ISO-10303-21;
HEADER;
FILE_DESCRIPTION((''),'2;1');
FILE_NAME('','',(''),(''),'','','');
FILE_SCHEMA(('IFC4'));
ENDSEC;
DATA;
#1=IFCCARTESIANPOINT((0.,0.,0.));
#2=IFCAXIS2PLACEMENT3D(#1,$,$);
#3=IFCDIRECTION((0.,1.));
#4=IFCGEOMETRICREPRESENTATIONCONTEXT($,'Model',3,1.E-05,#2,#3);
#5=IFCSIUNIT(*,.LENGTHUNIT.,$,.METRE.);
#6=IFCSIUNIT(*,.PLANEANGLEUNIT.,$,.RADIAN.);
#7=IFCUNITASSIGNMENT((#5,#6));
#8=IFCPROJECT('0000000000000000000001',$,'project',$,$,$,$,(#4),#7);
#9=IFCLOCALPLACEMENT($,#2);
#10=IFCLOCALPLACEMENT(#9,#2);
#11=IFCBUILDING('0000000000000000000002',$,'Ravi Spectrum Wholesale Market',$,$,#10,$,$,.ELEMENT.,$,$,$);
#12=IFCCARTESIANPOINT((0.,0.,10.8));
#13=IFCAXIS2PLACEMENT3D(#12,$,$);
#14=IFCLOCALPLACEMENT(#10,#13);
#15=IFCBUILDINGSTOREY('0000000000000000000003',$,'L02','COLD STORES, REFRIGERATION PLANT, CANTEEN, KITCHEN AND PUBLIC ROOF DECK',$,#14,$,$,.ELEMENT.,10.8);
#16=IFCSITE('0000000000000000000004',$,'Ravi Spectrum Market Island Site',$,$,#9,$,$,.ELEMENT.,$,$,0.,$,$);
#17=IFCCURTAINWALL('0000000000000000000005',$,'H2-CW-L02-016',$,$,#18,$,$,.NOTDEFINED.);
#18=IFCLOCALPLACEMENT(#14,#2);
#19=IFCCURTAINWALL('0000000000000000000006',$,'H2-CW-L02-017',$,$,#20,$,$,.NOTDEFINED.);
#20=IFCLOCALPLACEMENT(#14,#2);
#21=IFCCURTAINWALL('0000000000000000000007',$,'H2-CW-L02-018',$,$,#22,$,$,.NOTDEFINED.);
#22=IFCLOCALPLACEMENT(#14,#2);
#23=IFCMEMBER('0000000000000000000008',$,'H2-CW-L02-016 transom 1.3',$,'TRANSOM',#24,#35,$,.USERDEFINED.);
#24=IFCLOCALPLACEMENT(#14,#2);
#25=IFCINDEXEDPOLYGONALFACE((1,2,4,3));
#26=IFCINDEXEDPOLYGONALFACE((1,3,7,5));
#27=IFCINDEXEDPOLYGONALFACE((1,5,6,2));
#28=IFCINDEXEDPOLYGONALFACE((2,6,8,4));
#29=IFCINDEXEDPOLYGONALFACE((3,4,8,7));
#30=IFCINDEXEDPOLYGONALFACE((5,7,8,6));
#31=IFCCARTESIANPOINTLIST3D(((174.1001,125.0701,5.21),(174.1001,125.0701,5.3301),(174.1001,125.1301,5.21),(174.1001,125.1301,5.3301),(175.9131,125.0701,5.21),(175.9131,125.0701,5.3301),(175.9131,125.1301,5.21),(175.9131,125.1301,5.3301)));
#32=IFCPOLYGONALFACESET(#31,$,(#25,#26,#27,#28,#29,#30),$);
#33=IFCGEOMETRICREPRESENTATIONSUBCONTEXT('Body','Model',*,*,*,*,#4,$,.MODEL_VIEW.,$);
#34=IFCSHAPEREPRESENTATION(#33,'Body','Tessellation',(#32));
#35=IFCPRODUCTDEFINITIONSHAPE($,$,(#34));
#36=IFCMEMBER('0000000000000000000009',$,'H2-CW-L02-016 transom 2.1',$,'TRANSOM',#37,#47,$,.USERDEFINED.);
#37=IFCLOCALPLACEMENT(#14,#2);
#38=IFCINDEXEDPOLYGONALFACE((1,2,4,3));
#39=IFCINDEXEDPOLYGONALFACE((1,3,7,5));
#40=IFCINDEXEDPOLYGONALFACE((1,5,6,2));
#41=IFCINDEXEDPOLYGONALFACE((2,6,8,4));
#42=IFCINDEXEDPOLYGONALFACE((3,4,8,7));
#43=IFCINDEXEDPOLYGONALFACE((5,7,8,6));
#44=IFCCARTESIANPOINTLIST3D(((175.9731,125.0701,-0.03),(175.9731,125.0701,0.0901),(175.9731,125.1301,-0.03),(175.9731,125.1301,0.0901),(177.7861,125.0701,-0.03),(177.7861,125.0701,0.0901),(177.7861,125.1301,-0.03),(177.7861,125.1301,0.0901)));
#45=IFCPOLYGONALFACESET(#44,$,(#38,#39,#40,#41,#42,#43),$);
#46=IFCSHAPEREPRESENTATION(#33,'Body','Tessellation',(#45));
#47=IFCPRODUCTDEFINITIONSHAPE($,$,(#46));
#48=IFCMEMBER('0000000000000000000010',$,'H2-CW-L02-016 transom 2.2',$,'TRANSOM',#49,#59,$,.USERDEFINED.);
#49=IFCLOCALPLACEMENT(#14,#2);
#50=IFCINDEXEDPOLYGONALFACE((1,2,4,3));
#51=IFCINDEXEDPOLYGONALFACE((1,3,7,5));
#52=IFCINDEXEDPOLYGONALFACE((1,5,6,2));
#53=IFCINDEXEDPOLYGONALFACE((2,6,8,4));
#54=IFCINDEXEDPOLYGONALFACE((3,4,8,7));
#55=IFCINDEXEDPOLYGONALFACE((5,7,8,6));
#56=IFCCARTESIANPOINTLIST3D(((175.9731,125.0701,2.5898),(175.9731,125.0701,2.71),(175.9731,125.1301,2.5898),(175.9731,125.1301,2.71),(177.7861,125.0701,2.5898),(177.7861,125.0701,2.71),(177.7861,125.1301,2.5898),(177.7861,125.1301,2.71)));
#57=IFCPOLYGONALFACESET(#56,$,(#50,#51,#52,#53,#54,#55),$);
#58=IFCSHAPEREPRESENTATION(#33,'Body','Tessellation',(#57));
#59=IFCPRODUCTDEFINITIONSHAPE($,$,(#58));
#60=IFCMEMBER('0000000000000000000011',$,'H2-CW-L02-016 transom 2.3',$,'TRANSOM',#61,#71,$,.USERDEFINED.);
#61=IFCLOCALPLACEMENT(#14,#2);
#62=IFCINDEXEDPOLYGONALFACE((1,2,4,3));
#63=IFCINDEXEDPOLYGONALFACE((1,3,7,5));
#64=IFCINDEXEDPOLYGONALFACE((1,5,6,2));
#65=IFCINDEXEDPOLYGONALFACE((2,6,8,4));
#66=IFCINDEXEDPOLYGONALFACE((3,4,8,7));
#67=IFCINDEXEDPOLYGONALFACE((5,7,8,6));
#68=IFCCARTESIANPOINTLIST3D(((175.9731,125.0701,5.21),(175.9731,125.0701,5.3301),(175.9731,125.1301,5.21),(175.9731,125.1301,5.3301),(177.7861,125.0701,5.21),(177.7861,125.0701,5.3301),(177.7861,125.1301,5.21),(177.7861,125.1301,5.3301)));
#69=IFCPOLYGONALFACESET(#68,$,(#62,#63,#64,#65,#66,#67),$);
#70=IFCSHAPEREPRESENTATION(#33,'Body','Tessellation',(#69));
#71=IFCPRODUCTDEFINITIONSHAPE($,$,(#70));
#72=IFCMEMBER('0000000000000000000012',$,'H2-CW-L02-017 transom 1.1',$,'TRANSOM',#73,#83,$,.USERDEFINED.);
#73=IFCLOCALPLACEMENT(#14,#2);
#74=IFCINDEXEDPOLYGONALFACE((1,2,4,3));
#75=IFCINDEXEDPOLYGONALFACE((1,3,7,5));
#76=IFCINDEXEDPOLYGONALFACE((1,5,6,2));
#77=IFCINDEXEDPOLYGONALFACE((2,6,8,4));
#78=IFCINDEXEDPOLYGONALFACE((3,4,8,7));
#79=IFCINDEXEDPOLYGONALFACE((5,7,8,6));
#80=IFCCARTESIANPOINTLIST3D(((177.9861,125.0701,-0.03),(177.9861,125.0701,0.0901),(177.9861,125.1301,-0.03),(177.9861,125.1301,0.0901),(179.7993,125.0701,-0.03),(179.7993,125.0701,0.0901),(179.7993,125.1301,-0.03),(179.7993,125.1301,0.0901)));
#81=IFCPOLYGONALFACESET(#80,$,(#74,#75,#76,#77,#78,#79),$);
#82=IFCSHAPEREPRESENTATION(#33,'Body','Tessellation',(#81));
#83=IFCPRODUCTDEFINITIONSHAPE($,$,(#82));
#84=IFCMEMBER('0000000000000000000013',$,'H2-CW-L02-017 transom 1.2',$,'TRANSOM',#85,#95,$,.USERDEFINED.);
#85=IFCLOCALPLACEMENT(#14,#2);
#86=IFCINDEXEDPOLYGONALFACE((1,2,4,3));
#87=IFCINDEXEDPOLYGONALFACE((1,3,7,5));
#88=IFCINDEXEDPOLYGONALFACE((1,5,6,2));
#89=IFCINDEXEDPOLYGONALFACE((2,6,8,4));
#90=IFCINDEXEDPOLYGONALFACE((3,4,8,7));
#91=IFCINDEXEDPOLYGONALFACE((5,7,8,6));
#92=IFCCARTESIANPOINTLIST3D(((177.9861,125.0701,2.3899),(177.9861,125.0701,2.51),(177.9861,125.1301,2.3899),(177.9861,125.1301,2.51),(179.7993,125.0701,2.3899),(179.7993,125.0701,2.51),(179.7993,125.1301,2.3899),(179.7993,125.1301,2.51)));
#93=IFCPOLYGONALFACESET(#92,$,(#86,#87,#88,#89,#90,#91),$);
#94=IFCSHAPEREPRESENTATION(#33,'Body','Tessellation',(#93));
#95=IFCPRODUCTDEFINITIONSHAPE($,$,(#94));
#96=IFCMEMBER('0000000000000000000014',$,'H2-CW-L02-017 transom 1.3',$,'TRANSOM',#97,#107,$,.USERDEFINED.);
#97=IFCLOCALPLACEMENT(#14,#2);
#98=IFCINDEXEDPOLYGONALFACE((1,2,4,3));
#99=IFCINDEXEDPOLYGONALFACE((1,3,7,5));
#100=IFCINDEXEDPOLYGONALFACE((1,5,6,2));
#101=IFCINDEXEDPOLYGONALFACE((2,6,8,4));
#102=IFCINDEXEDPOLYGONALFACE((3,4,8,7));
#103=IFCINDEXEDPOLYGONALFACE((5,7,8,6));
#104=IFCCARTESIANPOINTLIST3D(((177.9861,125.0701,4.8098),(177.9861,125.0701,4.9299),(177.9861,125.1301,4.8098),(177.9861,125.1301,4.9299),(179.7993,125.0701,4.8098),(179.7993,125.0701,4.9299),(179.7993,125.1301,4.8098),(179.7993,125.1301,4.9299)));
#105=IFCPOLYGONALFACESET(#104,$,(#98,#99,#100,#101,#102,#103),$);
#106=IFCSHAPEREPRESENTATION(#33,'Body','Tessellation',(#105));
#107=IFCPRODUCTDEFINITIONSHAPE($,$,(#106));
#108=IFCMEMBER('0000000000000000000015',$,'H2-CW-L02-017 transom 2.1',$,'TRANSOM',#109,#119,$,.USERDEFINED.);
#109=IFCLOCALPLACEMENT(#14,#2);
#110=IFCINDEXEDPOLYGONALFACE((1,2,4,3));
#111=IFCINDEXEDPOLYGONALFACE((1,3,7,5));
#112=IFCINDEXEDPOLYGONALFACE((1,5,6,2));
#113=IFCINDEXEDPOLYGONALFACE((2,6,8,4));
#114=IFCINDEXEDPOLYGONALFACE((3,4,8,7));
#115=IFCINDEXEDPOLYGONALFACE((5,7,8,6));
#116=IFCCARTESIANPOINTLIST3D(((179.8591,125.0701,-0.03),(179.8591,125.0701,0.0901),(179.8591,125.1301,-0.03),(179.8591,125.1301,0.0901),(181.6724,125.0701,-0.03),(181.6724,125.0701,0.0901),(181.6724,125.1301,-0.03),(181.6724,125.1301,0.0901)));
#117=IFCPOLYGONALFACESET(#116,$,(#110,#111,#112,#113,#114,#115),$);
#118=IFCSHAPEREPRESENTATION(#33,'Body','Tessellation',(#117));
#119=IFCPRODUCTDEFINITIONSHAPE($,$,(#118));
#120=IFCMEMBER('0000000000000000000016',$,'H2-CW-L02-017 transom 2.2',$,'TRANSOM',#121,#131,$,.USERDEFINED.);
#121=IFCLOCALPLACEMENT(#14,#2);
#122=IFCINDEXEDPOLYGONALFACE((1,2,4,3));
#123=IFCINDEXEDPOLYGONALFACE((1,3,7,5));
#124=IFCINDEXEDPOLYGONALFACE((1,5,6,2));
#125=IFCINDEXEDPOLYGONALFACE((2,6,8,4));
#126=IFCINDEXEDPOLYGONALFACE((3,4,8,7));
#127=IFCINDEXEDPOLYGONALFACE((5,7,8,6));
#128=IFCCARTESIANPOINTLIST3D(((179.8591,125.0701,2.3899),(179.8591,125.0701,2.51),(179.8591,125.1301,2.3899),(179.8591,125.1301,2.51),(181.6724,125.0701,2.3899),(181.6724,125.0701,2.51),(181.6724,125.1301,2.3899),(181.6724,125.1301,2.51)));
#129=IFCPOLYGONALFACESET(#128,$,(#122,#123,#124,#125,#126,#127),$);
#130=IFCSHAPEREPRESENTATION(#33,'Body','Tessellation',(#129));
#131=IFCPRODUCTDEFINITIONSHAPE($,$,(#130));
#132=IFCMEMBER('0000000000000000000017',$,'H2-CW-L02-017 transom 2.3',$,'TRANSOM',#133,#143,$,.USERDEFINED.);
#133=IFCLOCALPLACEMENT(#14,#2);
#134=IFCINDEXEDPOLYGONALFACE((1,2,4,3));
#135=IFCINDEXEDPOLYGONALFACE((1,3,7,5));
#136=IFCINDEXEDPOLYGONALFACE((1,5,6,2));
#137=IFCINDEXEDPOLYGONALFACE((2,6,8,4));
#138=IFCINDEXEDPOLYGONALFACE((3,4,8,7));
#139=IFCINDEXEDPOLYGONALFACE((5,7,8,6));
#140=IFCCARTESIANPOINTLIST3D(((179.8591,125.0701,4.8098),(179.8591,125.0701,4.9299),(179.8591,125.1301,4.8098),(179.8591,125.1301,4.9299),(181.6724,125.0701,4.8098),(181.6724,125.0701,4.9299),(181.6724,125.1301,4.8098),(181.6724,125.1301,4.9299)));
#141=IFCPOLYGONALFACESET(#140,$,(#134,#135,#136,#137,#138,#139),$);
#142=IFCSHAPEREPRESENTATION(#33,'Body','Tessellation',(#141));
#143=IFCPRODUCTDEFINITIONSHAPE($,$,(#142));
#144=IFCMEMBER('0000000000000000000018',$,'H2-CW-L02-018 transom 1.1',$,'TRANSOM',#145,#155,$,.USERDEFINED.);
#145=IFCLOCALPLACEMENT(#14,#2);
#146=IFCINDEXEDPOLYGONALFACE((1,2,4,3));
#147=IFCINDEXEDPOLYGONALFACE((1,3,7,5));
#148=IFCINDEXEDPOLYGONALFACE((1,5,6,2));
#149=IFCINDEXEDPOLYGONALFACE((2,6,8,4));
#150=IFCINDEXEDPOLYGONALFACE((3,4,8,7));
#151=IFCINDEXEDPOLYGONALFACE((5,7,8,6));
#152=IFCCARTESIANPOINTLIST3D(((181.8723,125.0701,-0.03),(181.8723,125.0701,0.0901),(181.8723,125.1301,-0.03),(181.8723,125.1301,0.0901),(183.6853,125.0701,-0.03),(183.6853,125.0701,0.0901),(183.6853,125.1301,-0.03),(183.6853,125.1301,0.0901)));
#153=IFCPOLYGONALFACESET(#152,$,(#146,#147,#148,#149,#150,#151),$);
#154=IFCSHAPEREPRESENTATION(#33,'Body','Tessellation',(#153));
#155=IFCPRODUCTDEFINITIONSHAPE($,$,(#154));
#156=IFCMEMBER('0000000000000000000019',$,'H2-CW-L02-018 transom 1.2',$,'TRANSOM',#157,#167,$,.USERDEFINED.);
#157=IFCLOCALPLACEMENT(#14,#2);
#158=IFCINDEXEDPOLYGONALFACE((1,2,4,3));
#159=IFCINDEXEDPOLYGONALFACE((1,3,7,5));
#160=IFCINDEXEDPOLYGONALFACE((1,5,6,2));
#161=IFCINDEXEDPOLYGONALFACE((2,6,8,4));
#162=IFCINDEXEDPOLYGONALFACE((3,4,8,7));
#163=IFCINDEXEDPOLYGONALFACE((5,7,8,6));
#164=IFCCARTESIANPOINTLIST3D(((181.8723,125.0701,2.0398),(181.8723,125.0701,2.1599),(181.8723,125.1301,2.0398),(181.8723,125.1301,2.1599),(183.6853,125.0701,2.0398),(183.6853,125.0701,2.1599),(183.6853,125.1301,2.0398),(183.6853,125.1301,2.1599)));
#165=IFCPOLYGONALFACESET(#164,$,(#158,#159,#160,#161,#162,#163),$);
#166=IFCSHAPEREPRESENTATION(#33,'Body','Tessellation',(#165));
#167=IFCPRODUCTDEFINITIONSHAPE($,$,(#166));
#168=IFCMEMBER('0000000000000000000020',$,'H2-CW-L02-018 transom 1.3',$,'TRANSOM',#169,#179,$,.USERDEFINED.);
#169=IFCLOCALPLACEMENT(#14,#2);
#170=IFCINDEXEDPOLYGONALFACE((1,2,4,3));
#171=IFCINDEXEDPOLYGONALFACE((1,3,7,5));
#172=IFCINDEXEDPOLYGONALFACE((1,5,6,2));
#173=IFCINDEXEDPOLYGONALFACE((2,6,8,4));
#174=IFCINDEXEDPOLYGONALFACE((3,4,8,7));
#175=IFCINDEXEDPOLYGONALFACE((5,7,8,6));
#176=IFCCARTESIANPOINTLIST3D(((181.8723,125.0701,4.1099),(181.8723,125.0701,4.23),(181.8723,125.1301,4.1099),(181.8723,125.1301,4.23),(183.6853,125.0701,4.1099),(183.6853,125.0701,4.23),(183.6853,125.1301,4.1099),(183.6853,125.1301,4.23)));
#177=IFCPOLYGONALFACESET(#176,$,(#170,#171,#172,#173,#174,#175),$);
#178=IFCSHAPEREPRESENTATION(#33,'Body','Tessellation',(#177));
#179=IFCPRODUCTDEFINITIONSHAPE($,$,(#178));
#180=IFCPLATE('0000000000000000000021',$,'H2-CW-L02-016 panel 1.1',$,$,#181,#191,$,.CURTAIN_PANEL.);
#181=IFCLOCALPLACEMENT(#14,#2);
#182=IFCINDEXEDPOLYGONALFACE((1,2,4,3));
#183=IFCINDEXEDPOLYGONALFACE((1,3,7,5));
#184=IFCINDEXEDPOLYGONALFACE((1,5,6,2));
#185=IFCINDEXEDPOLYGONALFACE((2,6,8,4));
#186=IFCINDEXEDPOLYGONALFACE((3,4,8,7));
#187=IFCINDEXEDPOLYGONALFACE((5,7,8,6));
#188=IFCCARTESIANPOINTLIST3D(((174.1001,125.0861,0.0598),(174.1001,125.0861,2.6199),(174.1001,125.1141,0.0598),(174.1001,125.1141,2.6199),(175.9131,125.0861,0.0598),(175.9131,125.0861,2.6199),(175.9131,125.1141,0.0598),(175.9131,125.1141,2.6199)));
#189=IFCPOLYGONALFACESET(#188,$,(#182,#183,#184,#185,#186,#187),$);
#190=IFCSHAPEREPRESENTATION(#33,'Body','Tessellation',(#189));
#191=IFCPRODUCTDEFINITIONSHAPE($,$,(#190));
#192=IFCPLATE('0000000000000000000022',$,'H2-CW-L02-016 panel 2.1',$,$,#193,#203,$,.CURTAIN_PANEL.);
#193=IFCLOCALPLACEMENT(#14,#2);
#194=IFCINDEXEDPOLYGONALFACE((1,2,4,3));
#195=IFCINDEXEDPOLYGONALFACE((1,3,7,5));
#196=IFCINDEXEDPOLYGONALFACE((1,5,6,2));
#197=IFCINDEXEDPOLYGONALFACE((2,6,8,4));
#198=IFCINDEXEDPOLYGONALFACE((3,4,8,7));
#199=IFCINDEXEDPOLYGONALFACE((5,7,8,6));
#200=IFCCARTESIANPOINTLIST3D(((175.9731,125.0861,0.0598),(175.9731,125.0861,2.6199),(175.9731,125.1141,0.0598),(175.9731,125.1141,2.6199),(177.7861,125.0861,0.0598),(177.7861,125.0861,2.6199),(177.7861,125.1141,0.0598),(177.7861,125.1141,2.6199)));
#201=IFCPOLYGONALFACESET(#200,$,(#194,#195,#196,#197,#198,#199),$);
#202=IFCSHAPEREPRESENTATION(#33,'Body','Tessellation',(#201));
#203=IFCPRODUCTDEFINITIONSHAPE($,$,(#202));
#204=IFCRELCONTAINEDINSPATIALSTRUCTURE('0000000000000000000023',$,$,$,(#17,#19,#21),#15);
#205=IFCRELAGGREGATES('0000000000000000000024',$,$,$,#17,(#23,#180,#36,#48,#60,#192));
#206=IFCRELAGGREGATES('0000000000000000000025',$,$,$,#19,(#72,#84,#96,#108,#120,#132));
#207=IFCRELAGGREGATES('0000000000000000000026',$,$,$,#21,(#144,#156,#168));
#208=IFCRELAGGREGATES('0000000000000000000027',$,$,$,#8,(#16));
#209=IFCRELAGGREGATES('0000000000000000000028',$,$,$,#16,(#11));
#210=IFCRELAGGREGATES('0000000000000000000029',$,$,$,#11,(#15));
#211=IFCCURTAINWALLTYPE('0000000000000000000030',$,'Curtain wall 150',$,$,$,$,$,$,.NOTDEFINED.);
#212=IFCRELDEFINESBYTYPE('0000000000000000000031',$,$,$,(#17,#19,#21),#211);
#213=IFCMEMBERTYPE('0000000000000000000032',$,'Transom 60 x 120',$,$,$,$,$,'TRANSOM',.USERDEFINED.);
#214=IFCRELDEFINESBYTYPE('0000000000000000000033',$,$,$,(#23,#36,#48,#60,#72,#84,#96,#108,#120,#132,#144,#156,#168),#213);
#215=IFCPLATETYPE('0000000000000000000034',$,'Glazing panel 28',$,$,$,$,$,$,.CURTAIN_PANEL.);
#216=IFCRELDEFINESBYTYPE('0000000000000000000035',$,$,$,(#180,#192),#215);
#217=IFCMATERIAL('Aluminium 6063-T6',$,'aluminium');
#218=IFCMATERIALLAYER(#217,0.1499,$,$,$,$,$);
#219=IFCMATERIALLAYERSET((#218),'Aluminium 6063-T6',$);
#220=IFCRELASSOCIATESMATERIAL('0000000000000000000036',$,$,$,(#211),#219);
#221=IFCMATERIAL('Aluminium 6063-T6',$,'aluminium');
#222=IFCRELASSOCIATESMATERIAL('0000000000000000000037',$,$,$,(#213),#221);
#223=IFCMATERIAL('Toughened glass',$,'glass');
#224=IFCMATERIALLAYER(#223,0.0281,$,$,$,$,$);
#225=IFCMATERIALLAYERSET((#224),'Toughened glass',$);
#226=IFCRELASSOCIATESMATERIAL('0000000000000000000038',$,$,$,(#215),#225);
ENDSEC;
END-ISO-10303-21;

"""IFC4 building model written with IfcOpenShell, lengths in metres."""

from ifc_helpers import new_model, si_unit, direction, frame, origin, origin_2d, place, context, subcontext, project, spatial, rectangle, extrude, material, layer, layer_set, material_profile, profile_set, type_object, element, aggregate, save


model = new_model("IFC4")

# Units and contexts
model_context = context("Model", 3, precision=1e-05, world=origin(), true_north=direction((0.0, 1.0)))
body_context = subcontext(model_context, "Body", "Model", "MODEL_VIEW")
ifc_project = project(units=[si_unit("LENGTHUNIT", "METRE"), si_unit("PLANEANGLEUNIT", "RADIAN")], contexts=[model_context])

# Site, building, storey
site_placement = place(None, origin())
site = spatial("IfcSite", under=ifc_project, at=site_placement, Name="Ravi Spectrum Market Island Site", CompositionType="ELEMENT", RefElevation=0.0)
building_placement = place(site_placement, origin())
building = spatial("IfcBuilding", under=site, at=building_placement, Name="Ravi Spectrum Wholesale Market", CompositionType="ELEMENT")
storey_placement = place(building_placement, frame((0.0, 0.0, 10.8)))
storey = spatial("IfcBuildingStorey", under=building, at=storey_placement, Name="L02", Description="COLD STORES, REFRIGERATION PLANT, CANTEEN, KITCHEN AND PUBLIC ROOF DECK", CompositionType="ELEMENT", Elevation=10.8)

# Curtain walls
ifc_material_1 = material(Name="Aluminium 6063-T6", Category="aluminium")
ifc_layer_1 = layer(ifc_material_1, 0.1499)
ifc_layer_set_1 = layer_set([ifc_layer_1], Name="Aluminium 6063-T6")
curtain_wall_type = type_object("IfcCurtainWallType", Name="Curtain wall 150", PredefinedType="NOTDEFINED", material=ifc_layer_set_1)
curtain_wall_1_placement = place(storey_placement, origin())
curtain_wall_1 = element("IfcCurtainWall", 1, at=curtain_wall_1_placement, inside=storey, type_object=curtain_wall_type, Name="H2-CW-L02-016", PredefinedType="NOTDEFINED")
curtain_wall_2_placement = place(storey_placement, origin())
curtain_wall_2 = element("IfcCurtainWall", 2, at=curtain_wall_2_placement, inside=storey, type_object=curtain_wall_type, Name="H2-CW-L02-017", PredefinedType="NOTDEFINED")
curtain_wall_3_placement = place(storey_placement, origin())
curtain_wall_3 = element("IfcCurtainWall", 3, at=curtain_wall_3_placement, inside=storey, type_object=curtain_wall_type, Name="H2-CW-L02-018", PredefinedType="NOTDEFINED")

# Members
ifc_material_2 = material(Name="Aluminium 6063-T6", Category="aluminium")
ifc_material_profile_1 = material_profile(ifc_material_2, rectangle(XDim=0.0601, YDim=0.1201, at=origin_2d()))
ifc_profile_set_1 = profile_set([ifc_material_profile_1], Name="Aluminium 6063-T6")
member_type_1 = type_object("IfcMemberType", Name="Transom 60 x 120", ElementType="TRANSOM", PredefinedType="USERDEFINED", material=ifc_profile_set_1)
member_1_placement = place(storey_placement, frame((174.1001, 125.1001, 5.27), z_axis=(1.0, 0.0, 0.0), x_axis=(0.0, 1.0, 0.0)))
member_1 = element("IfcMember", 4, at=member_1_placement, type_object=member_type_1, Name="H2-CW-L02-016 transom 1.3", ObjectType="TRANSOM", PredefinedType="USERDEFINED", context=body_context, shape_type="SweptSolid", body=[
    extrude(rectangle(XDim=0.0601, YDim=0.1201, at=origin_2d()), origin(), (0.0, 0.0, 1.0), 1.813),
])
member_2_placement = place(storey_placement, frame((175.9731, 125.1001, 0.03), z_axis=(1.0, 0.0, 0.0), x_axis=(0.0, 1.0, 0.0)))
member_2 = element("IfcMember", 5, at=member_2_placement, type_object=member_type_1, Name="H2-CW-L02-016 transom 2.1", ObjectType="TRANSOM", PredefinedType="USERDEFINED", context=body_context, shape_type="SweptSolid", body=[
    extrude(rectangle(XDim=0.0601, YDim=0.1201, at=origin_2d()), origin(), (0.0, 0.0, 1.0), 1.813),
])
member_3_placement = place(storey_placement, frame((175.9731, 125.1001, 2.6499), z_axis=(1.0, 0.0, 0.0), x_axis=(0.0, 1.0, 0.0)))
member_3 = element("IfcMember", 6, at=member_3_placement, type_object=member_type_1, Name="H2-CW-L02-016 transom 2.2", ObjectType="TRANSOM", PredefinedType="USERDEFINED", context=body_context, shape_type="SweptSolid", body=[
    extrude(rectangle(XDim=0.0601, YDim=0.1201, at=origin_2d()), origin(), (0.0, 0.0, 1.0), 1.813),
])
member_4_placement = place(storey_placement, frame((175.9731, 125.1001, 5.27), z_axis=(1.0, 0.0, 0.0), x_axis=(0.0, 1.0, 0.0)))
member_4 = element("IfcMember", 7, at=member_4_placement, type_object=member_type_1, Name="H2-CW-L02-016 transom 2.3", ObjectType="TRANSOM", PredefinedType="USERDEFINED", context=body_context, shape_type="SweptSolid", body=[
    extrude(rectangle(XDim=0.0601, YDim=0.1201, at=origin_2d()), origin(), (0.0, 0.0, 1.0), 1.813),
])
member_5_placement = place(storey_placement, frame((177.9861, 125.1001, 0.03), z_axis=(1.0, 0.0, 0.0), x_axis=(0.0, 1.0, 0.0)))
member_5 = element("IfcMember", 8, at=member_5_placement, type_object=member_type_1, Name="H2-CW-L02-017 transom 1.1", ObjectType="TRANSOM", PredefinedType="USERDEFINED", context=body_context, shape_type="SweptSolid", body=[
    extrude(rectangle(XDim=0.0601, YDim=0.1201, at=origin_2d()), origin(), (0.0, 0.0, 1.0), 1.8132),
])
member_6_placement = place(storey_placement, frame((177.9861, 125.1001, 2.45), z_axis=(1.0, 0.0, 0.0), x_axis=(0.0, 1.0, 0.0)))
member_6 = element("IfcMember", 9, at=member_6_placement, type_object=member_type_1, Name="H2-CW-L02-017 transom 1.2", ObjectType="TRANSOM", PredefinedType="USERDEFINED", context=body_context, shape_type="SweptSolid", body=[
    extrude(rectangle(XDim=0.0601, YDim=0.1201, at=origin_2d()), origin(), (0.0, 0.0, 1.0), 1.8132),
])
member_7_placement = place(storey_placement, frame((177.9861, 125.1001, 4.8699), z_axis=(1.0, 0.0, 0.0), x_axis=(0.0, 1.0, 0.0)))
member_7 = element("IfcMember", 10, at=member_7_placement, type_object=member_type_1, Name="H2-CW-L02-017 transom 1.3", ObjectType="TRANSOM", PredefinedType="USERDEFINED", context=body_context, shape_type="SweptSolid", body=[
    extrude(rectangle(XDim=0.0601, YDim=0.1201, at=origin_2d()), origin(), (0.0, 0.0, 1.0), 1.8132),
])
member_8_placement = place(storey_placement, frame((179.8591, 125.1001, 0.03), z_axis=(1.0, 0.0, 0.0), x_axis=(0.0, 1.0, 0.0)))
member_8 = element("IfcMember", 11, at=member_8_placement, type_object=member_type_1, Name="H2-CW-L02-017 transom 2.1", ObjectType="TRANSOM", PredefinedType="USERDEFINED", context=body_context, shape_type="SweptSolid", body=[
    extrude(rectangle(XDim=0.0601, YDim=0.1201, at=origin_2d()), origin(), (0.0, 0.0, 1.0), 1.8132),
])
member_9_placement = place(storey_placement, frame((179.8591, 125.1001, 2.45), z_axis=(1.0, 0.0, 0.0), x_axis=(0.0, 1.0, 0.0)))
member_9 = element("IfcMember", 12, at=member_9_placement, type_object=member_type_1, Name="H2-CW-L02-017 transom 2.2", ObjectType="TRANSOM", PredefinedType="USERDEFINED", context=body_context, shape_type="SweptSolid", body=[
    extrude(rectangle(XDim=0.0601, YDim=0.1201, at=origin_2d()), origin(), (0.0, 0.0, 1.0), 1.8132),
])
member_10_placement = place(storey_placement, frame((179.8591, 125.1001, 4.8699), z_axis=(1.0, 0.0, 0.0), x_axis=(0.0, 1.0, 0.0)))
member_10 = element("IfcMember", 13, at=member_10_placement, type_object=member_type_1, Name="H2-CW-L02-017 transom 2.3", ObjectType="TRANSOM", PredefinedType="USERDEFINED", context=body_context, shape_type="SweptSolid", body=[
    extrude(rectangle(XDim=0.0601, YDim=0.1201, at=origin_2d()), origin(), (0.0, 0.0, 1.0), 1.8132),
])
member_11_placement = place(storey_placement, frame((181.8723, 125.1001, 0.03), z_axis=(1.0, 0.0, 0.0), x_axis=(0.0, 1.0, 0.0)))
member_11 = element("IfcMember", 14, at=member_11_placement, type_object=member_type_1, Name="H2-CW-L02-018 transom 1.1", ObjectType="TRANSOM", PredefinedType="USERDEFINED", context=body_context, shape_type="SweptSolid", body=[
    extrude(rectangle(XDim=0.0601, YDim=0.1201, at=origin_2d()), origin(), (0.0, 0.0, 1.0), 1.813),
])
member_12_placement = place(storey_placement, frame((181.8723, 125.1001, 2.0999), z_axis=(1.0, 0.0, 0.0), x_axis=(0.0, 1.0, 0.0)))
member_12 = element("IfcMember", 15, at=member_12_placement, type_object=member_type_1, Name="H2-CW-L02-018 transom 1.2", ObjectType="TRANSOM", PredefinedType="USERDEFINED", context=body_context, shape_type="SweptSolid", body=[
    extrude(rectangle(XDim=0.0601, YDim=0.1201, at=origin_2d()), origin(), (0.0, 0.0, 1.0), 1.813),
])
member_13_placement = place(storey_placement, frame((181.8723, 125.1001, 4.1699), z_axis=(1.0, 0.0, 0.0), x_axis=(0.0, 1.0, 0.0)))
member_13 = element("IfcMember", 16, at=member_13_placement, type_object=member_type_1, Name="H2-CW-L02-018 transom 1.3", ObjectType="TRANSOM", PredefinedType="USERDEFINED", context=body_context, shape_type="SweptSolid", body=[
    extrude(rectangle(XDim=0.0601, YDim=0.1201, at=origin_2d()), origin(), (0.0, 0.0, 1.0), 1.813),
])

# Plates
ifc_material_3 = material(Name="Toughened glass", Category="glass")
ifc_layer_2 = layer(ifc_material_3, 0.0281)
ifc_layer_set_2 = layer_set([ifc_layer_2], Name="Toughened glass")
plate_type_1 = type_object("IfcPlateType", Name="Glazing panel 28", PredefinedType="CURTAIN_PANEL", material=ifc_layer_set_2)
plate_1_placement = place(storey_placement, frame((175.0066, 125.1001, 0.0598), z_axis=(0.0, 0.0, 1.0), x_axis=(1.0, 0.0, 0.0)))
plate_1 = element("IfcPlate", 17, at=plate_1_placement, type_object=plate_type_1, Name="H2-CW-L02-016 panel 1.1", PredefinedType="CURTAIN_PANEL", context=body_context, shape_type="SweptSolid", body=[
    extrude(rectangle(XDim=1.813, YDim=0.0281, at=origin_2d()), origin(), (0.0, 0.0, 1.0), 2.5601),
])
plate_2_placement = place(storey_placement, frame((176.8796, 125.1001, 0.0598), z_axis=(0.0, 0.0, 1.0), x_axis=(1.0, 0.0, 0.0)))
plate_2 = element("IfcPlate", 18, at=plate_2_placement, type_object=plate_type_1, Name="H2-CW-L02-016 panel 2.1", PredefinedType="CURTAIN_PANEL", context=body_context, shape_type="SweptSolid", body=[
    extrude(rectangle(XDim=1.813, YDim=0.0281, at=origin_2d()), origin(), (0.0, 0.0, 1.0), 2.5601),
])
aggregate(curtain_wall_1, [member_1, plate_1, member_2, member_3, member_4, plate_2])
aggregate(curtain_wall_2, [member_5, member_6, member_7, member_8, member_9, member_10])
aggregate(curtain_wall_3, [member_11, member_12, member_13])

save(model, "model.ifc")
